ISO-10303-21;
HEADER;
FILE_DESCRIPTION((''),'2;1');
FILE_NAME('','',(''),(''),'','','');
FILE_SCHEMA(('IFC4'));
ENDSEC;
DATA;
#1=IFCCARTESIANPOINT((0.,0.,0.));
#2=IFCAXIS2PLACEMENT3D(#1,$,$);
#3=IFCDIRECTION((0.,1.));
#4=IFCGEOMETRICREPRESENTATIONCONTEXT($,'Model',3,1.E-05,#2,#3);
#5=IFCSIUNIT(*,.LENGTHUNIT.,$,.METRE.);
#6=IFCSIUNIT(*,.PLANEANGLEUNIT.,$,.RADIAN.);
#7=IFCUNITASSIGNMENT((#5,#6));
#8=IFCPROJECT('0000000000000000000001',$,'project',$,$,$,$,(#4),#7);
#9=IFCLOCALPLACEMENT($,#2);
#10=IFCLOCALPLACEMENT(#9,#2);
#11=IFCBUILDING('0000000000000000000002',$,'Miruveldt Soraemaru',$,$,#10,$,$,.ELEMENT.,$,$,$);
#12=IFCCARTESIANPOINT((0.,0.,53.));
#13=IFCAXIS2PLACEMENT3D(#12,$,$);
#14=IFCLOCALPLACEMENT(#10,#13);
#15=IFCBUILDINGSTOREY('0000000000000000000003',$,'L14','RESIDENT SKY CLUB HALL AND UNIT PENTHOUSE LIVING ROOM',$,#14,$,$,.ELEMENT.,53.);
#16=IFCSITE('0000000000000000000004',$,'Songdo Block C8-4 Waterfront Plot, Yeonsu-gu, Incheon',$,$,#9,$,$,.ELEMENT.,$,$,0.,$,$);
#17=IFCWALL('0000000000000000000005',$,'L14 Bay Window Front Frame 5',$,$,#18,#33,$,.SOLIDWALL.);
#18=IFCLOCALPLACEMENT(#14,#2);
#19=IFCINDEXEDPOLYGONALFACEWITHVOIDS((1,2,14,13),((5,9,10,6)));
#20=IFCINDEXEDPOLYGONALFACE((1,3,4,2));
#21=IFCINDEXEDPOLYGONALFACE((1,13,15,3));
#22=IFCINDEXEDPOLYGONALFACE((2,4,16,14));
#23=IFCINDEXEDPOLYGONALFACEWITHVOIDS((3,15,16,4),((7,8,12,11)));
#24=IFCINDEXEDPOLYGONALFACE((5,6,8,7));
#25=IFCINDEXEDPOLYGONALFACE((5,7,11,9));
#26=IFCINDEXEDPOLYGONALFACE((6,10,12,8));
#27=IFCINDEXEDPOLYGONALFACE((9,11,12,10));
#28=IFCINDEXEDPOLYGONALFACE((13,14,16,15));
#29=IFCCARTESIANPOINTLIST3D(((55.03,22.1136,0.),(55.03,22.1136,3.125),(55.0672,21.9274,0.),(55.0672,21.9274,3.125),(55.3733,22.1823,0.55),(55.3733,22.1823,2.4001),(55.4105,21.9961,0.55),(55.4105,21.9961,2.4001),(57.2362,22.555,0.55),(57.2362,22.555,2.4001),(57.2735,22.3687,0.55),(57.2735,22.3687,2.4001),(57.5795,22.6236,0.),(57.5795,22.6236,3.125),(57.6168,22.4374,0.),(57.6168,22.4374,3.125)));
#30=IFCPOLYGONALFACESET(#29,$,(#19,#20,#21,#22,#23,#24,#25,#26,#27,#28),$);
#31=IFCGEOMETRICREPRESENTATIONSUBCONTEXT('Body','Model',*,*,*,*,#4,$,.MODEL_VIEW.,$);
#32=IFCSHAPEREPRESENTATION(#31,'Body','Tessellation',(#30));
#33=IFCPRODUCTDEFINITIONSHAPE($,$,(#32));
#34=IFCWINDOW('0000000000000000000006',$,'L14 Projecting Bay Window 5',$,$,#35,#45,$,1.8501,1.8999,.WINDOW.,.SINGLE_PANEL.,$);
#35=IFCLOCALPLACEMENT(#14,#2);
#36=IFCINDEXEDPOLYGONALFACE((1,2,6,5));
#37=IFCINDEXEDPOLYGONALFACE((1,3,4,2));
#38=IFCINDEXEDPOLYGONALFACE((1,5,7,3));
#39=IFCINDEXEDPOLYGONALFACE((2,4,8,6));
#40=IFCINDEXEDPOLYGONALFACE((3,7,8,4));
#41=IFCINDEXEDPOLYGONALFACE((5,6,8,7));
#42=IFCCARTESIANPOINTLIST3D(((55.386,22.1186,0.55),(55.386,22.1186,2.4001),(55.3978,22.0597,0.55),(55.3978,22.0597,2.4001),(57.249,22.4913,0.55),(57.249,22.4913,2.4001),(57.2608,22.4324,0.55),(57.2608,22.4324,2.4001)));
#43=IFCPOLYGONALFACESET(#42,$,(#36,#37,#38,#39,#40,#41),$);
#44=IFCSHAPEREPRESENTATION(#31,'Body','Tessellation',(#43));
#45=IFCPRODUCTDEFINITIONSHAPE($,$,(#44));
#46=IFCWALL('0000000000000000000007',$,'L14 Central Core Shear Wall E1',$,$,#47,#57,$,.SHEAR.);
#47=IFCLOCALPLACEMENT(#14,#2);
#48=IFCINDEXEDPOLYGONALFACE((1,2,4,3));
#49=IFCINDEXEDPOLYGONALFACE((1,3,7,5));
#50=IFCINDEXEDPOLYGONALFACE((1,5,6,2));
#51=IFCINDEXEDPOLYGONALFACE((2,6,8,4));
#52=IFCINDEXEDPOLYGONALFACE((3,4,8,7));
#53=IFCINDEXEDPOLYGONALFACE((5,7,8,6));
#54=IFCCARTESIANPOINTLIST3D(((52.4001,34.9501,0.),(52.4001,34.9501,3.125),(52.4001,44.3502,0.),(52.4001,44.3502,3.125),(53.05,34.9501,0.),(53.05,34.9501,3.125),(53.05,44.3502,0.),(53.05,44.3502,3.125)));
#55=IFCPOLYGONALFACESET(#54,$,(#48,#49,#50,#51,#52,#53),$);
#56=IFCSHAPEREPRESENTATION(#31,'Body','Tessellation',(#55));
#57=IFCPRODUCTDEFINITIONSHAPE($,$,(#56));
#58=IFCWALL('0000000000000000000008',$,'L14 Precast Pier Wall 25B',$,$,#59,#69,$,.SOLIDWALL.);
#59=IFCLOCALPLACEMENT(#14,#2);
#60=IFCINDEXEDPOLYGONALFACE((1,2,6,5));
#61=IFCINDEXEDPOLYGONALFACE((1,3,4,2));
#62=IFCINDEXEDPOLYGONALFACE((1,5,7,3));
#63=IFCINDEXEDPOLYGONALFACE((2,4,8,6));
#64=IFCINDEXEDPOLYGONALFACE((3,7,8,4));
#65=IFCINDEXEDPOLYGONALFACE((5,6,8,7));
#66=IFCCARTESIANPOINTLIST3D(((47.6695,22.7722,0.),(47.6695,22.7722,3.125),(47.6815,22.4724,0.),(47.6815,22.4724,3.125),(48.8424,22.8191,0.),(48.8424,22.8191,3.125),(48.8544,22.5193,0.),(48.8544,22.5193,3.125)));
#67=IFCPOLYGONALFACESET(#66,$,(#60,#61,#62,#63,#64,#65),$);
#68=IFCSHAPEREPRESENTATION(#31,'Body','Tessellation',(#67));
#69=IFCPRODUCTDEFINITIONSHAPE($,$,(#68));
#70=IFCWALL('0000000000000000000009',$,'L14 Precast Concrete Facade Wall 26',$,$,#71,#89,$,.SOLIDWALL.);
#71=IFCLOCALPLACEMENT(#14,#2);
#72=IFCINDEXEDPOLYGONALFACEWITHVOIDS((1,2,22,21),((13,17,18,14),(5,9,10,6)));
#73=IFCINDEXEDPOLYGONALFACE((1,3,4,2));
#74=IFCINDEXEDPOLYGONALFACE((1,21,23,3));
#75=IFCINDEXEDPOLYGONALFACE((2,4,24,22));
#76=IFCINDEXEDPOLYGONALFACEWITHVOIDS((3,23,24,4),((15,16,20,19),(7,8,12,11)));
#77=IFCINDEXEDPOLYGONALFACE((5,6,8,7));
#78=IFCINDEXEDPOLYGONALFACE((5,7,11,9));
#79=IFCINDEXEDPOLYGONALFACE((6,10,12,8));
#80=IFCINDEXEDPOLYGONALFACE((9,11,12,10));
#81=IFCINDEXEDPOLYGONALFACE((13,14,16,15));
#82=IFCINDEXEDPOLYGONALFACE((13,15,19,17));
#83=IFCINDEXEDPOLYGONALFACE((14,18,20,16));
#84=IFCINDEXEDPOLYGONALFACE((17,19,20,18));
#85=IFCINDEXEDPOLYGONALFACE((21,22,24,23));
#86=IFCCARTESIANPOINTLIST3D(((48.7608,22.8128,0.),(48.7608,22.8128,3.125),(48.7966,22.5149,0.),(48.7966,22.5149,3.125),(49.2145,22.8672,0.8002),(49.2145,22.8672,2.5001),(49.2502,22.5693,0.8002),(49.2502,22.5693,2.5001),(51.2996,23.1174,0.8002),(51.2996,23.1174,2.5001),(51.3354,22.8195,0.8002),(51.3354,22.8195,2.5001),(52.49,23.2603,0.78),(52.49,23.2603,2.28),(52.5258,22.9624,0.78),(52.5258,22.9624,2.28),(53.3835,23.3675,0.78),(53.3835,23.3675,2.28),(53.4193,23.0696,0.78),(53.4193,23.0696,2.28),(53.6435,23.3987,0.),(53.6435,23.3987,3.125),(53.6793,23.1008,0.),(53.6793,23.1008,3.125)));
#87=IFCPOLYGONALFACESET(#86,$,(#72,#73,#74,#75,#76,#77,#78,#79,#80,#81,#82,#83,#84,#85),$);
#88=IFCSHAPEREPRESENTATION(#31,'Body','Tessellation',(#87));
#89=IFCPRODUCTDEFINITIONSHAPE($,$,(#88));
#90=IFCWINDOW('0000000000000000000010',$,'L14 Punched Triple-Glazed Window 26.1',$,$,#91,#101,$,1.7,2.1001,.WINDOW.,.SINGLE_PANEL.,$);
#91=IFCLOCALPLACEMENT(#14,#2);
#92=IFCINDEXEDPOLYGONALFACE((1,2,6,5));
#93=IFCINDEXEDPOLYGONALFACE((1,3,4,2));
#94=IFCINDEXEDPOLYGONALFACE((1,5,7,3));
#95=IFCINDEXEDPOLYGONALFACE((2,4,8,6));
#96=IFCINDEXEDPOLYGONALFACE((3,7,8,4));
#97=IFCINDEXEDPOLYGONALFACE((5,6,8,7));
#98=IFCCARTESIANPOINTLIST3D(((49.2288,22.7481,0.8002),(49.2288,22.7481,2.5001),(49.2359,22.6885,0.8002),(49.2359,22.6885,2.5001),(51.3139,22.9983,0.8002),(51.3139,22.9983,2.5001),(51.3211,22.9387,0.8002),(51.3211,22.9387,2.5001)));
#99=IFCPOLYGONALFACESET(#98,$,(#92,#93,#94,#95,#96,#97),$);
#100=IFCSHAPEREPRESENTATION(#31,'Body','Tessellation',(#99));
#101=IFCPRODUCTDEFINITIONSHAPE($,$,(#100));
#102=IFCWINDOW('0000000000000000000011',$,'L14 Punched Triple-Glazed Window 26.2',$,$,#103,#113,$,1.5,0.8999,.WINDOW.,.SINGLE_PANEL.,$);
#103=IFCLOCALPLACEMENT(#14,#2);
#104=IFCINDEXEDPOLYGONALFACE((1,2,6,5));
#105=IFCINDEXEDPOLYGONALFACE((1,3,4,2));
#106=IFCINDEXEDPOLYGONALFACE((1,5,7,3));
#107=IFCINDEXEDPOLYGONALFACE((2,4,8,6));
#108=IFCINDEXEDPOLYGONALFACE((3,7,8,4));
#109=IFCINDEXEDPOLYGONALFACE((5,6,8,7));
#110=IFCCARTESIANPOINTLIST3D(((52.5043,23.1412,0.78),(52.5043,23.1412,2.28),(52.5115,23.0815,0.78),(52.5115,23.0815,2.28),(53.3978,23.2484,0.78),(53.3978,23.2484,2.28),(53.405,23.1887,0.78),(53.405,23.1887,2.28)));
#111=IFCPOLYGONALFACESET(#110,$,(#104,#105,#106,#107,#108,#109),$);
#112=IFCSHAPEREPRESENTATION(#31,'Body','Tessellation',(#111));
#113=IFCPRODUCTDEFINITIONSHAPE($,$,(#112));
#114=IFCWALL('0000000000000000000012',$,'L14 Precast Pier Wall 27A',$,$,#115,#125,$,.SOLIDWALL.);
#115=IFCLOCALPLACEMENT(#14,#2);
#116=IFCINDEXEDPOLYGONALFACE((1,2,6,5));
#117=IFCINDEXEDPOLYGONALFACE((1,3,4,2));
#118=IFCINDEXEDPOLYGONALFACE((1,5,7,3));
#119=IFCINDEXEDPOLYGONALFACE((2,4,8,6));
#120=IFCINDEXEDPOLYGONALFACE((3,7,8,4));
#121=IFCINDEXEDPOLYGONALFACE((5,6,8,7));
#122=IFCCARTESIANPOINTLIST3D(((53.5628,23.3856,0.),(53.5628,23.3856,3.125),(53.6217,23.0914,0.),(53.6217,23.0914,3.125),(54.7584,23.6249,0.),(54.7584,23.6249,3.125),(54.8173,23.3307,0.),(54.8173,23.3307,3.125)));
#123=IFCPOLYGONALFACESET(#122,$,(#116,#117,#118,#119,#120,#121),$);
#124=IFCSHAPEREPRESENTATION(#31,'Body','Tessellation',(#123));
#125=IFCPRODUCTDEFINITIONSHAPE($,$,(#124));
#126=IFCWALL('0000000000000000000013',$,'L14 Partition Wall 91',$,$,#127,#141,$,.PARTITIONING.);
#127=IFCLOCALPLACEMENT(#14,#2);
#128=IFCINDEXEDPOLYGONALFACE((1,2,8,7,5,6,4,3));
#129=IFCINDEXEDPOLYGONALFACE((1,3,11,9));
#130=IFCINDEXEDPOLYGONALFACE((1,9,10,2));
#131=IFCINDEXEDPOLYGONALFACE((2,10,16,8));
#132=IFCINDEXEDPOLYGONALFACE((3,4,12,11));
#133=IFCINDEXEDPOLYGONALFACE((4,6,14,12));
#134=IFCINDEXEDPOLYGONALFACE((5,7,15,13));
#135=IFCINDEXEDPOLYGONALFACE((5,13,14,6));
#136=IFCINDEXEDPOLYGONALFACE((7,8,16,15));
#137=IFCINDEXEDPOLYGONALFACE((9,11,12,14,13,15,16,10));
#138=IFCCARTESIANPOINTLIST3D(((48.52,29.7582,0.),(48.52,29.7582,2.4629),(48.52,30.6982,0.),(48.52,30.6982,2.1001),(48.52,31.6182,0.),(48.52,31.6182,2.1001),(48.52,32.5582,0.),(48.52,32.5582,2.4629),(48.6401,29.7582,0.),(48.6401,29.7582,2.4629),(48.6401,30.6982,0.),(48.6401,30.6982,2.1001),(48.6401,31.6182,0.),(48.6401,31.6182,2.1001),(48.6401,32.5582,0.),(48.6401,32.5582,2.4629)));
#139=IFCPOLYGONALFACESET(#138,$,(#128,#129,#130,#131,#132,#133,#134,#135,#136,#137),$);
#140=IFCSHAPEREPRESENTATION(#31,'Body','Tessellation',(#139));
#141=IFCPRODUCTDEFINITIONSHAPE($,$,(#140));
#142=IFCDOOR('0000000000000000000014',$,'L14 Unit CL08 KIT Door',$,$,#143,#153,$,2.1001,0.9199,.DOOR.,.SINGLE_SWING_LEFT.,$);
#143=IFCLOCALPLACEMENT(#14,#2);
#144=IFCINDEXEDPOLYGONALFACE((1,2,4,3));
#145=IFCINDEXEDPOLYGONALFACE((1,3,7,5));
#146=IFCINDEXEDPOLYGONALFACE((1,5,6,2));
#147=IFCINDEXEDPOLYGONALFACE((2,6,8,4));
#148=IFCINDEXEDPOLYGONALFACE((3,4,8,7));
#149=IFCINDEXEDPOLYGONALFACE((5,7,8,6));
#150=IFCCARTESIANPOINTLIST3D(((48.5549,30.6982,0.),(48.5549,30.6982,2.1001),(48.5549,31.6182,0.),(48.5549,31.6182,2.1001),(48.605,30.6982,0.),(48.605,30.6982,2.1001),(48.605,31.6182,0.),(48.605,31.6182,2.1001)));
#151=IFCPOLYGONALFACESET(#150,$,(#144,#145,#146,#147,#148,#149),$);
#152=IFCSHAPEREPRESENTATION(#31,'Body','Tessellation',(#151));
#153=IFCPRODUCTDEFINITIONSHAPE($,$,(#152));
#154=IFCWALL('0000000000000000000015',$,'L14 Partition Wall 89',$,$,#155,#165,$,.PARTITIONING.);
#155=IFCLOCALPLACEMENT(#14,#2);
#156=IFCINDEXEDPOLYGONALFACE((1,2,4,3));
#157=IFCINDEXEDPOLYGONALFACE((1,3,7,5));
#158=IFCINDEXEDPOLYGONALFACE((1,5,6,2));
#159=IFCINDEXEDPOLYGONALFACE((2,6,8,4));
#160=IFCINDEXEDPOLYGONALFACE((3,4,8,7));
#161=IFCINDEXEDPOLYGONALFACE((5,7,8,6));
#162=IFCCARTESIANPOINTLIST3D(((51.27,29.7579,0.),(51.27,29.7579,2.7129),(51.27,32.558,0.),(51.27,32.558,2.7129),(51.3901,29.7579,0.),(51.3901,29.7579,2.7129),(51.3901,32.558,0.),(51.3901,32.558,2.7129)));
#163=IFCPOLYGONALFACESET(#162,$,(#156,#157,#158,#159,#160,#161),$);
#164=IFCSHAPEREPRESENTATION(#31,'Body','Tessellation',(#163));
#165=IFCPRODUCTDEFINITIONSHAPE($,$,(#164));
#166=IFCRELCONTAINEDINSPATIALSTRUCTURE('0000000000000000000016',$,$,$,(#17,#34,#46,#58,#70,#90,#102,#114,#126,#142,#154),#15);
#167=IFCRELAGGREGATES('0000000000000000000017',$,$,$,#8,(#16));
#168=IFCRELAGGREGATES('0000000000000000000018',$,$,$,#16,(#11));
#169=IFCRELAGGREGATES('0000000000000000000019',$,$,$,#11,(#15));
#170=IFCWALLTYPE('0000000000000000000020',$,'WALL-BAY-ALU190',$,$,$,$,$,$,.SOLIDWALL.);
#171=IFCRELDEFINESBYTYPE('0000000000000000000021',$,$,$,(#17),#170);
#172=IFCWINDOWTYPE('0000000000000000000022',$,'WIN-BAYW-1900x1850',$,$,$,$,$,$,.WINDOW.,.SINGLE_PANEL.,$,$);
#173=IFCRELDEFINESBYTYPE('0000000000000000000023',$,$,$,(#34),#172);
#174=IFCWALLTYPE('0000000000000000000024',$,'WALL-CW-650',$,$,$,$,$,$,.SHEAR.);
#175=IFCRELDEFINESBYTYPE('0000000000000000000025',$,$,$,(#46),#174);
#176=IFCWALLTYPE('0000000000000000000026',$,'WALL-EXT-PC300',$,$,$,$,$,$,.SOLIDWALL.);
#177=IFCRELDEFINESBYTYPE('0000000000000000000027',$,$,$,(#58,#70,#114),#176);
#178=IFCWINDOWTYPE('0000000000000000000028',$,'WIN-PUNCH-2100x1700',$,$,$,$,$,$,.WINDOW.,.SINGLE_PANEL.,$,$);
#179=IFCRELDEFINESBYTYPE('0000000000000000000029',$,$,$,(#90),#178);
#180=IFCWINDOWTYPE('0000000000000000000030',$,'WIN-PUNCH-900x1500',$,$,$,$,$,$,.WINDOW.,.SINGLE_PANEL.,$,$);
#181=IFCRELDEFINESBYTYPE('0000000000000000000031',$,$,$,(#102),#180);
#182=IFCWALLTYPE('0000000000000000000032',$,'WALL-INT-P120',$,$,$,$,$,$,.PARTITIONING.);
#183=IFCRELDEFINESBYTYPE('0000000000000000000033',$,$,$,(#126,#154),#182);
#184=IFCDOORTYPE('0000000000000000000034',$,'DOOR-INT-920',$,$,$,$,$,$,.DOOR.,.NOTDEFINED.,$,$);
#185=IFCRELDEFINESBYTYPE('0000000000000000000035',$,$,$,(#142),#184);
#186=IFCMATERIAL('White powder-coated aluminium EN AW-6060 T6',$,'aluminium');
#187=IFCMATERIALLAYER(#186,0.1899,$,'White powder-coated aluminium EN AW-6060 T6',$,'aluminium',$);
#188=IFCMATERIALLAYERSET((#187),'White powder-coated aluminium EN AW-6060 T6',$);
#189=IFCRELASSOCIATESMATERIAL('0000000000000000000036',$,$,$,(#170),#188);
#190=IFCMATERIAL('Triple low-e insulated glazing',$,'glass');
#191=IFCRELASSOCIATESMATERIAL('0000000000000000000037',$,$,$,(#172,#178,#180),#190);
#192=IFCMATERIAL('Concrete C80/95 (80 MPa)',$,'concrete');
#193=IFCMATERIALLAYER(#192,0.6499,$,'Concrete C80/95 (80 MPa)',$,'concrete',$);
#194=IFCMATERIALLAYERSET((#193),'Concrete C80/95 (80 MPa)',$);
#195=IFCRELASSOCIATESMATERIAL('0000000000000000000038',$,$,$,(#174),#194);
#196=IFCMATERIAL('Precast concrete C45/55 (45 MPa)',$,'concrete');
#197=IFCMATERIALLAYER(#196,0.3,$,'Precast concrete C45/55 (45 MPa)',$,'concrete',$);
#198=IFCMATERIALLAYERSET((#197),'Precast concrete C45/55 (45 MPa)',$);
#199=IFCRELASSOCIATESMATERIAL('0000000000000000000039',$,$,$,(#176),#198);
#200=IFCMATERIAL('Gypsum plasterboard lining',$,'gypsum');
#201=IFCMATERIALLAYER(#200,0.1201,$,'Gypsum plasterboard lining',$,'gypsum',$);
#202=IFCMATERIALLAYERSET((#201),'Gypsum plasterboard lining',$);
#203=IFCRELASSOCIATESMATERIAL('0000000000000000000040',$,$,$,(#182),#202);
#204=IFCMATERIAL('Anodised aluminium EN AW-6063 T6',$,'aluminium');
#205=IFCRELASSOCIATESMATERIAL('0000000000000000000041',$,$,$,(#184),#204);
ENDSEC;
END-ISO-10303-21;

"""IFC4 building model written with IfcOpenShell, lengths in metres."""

from ifc_helpers import new_model, si_unit, direction, frame, frame_2d, origin, place, context, subcontext, project, spatial, rectangle, extrude, material, layer, layer_set, type_object, element, fill, save


model = new_model("IFC4")

# Units and contexts
model_context = context("Model", 3, precision=1e-05, world=origin(), true_north=direction((0.0, 1.0)))
body_context = subcontext(model_context, "Body", "Model", "MODEL_VIEW")
ifc_project = project(units=[si_unit("LENGTHUNIT", "METRE"), si_unit("PLANEANGLEUNIT", "RADIAN")], contexts=[model_context])

# Site, building, storey
site_placement = place(None, origin())
site = spatial("IfcSite", under=ifc_project, at=site_placement, Name="Songdo Block C8-4 Waterfront Plot, Yeonsu-gu, Incheon", CompositionType="ELEMENT", RefElevation=0.0)
building_placement = place(site_placement, origin())
building = spatial("IfcBuilding", under=site, at=building_placement, Name="Miruveldt Soraemaru", CompositionType="ELEMENT")
storey_placement = place(building_placement, frame((0.0, 0.0, 53.0)))
storey = spatial("IfcBuildingStorey", under=building, at=storey_placement, Name="L14", Description="RESIDENT SKY CLUB HALL AND UNIT PENTHOUSE LIVING ROOM", CompositionType="ELEMENT", Elevation=53.0)

# Shared definitions
ifc_material_1 = material(Name="White powder-coated aluminium EN AW-6060 T6", Category="aluminium")
ifc_layer_1 = layer(ifc_material_1, 0.1899, Name="White powder-coated aluminium EN AW-6060 T6", Category="aluminium")
ifc_layer_set_1 = layer_set([ifc_layer_1], Name="White powder-coated aluminium EN AW-6060 T6")
wall_type_1 = type_object("IfcWallType", Name="WALL-BAY-ALU190", PredefinedType="SOLIDWALL", material=ifc_layer_set_1)

# Shared definitions
ifc_material_2 = material(Name="Triple low-e insulated glazing", Category="glass")
window_type_1 = type_object("IfcWindowType", Name="WIN-BAYW-1900x1850", PartitioningType="SINGLE_PANEL", PredefinedType="WINDOW", material=ifc_material_2)

# Wall, opening, window
wall_1_placement = place(storey_placement, frame((55.0486, 22.0205, 0.0), z_axis=(0.0, 0.0, 1.0), x_axis=(0.980573, 0.196152, 0.0)))
wall_1 = element("IfcWall", 1, at=wall_1_placement, inside=storey, type_object=wall_type_1, Name="L14 Bay Window Front Frame 5", PredefinedType="SOLIDWALL", context=body_context, shape_type="SweptSolid", body=[
    extrude(rectangle(XDim=2.6001, YDim=0.1899, at=frame_2d((1.3, 0.0))), origin(), (0.0, 0.0, 1.0), 3.125),
])
opening_1_placement = place(wall_1_placement, frame((0.3501, 0.0, 0.55)))
opening_1 = element("IfcOpeningElement", 2, at=opening_1_placement, cuts=wall_1, PredefinedType="OPENING", context=body_context, shape_type="SweptSolid", body=[
    extrude(rectangle(XDim=1.8999, YDim=1.8501, at=frame_2d((0.95, 0.925))), frame((0.0, 0.105, 0.0), z_axis=(0.0, -1.0, 0.0), x_axis=(1.0, 0.0, 0.0)), (0.0, 0.0, 1.0), 0.21),
])
window_1_placement = place(opening_1_placement, origin())
window_1 = element("IfcWindow", 3, at=window_1_placement, inside=storey, type_object=window_type_1, Name="L14 Projecting Bay Window 5", OverallHeight=1.8501, OverallWidth=1.8999, PartitioningType="SINGLE_PANEL", PredefinedType="WINDOW", context=body_context, shape_type="SweptSolid", body=[
    extrude(rectangle(XDim=1.8999, YDim=1.8501, at=frame_2d((0.95, 0.925))), frame((0.0, 0.03, 0.0), z_axis=(0.0, -1.0, 0.0), x_axis=(1.0, 0.0, 0.0)), (0.0, 0.0, 1.0), 0.0601),
])
fill(opening_1, window_1)

# Walls
ifc_material_3 = material(Name="Concrete C80/95 (80 MPa)", Category="concrete")
ifc_layer_2 = layer(ifc_material_3, 0.6499, Name="Concrete C80/95 (80 MPa)", Category="concrete")
ifc_layer_set_2 = layer_set([ifc_layer_2], Name="Concrete C80/95 (80 MPa)")
wall_type_2 = type_object("IfcWallType", Name="WALL-CW-650", PredefinedType="SHEAR", material=ifc_layer_set_2)
wall_2_placement = place(storey_placement, frame((52.7251, 34.95, 0.0), z_axis=(0.0, 0.0, 1.0), x_axis=(0.0, 1.0, 0.0)))
element("IfcWall", 4, at=wall_2_placement, inside=storey, type_object=wall_type_2, Name="L14 Central Core Shear Wall E1", PredefinedType="SHEAR", context=body_context, shape_type="SweptSolid", body=[
    extrude(rectangle(XDim=9.4001, YDim=0.6499, at=frame_2d((4.7002, 0.0))), origin(), (0.0, 0.0, 1.0), 3.125),
])
ifc_material_4 = material(Name="Precast concrete C45/55 (45 MPa)", Category="concrete")
ifc_layer_3 = layer(ifc_material_4, 0.3, Name="Precast concrete C45/55 (45 MPa)", Category="concrete")
ifc_layer_set_3 = layer_set([ifc_layer_3], Name="Precast concrete C45/55 (45 MPa)")
wall_type_3 = type_object("IfcWallType", Name="WALL-EXT-PC300", PredefinedType="SOLIDWALL", material=ifc_layer_set_3)
wall_3_placement = place(storey_placement, frame((47.6755, 22.6223, 0.0), z_axis=(0.0, 0.0, 1.0), x_axis=(0.999202, 0.039935, 0.0)))
element("IfcWall", 5, at=wall_3_placement, inside=storey, type_object=wall_type_3, Name="L14 Precast Pier Wall 25B", PredefinedType="SOLIDWALL", context=body_context, shape_type="SweptSolid", body=[
    extrude(rectangle(XDim=1.1738, YDim=0.3, at=frame_2d((0.5869, 0.0))), origin(), (0.0, 0.0, 1.0), 3.125),
])

# Wall, openings, windows
wall_4_placement = place(storey_placement, frame((48.7786, 22.6638, 0.0), z_axis=(0.0, 0.0, 1.0), x_axis=(0.992877, 0.119145, 0.0)))
wall_4 = element("IfcWall", 6, at=wall_4_placement, inside=storey, type_object=wall_type_3, Name="L14 Precast Concrete Facade Wall 26", PredefinedType="SOLIDWALL", context=body_context, shape_type="SweptSolid", body=[
    extrude(rectangle(XDim=4.9177, YDim=0.3, at=frame_2d((2.459, 0.0))), origin(), (0.0, 0.0, 1.0), 3.125),
])
opening_2_placement = place(wall_4_placement, frame((0.457, 0.0, 0.8)))
opening_2 = element("IfcOpeningElement", 7, at=opening_2_placement, cuts=wall_4, PredefinedType="OPENING", context=body_context, shape_type="SweptSolid", body=[
    extrude(rectangle(XDim=2.1001, YDim=1.7, at=frame_2d((1.05, 0.8501))), frame((0.0, 0.1602, 0.0), z_axis=(0.0, -1.0, 0.0), x_axis=(1.0, 0.0, 0.0)), (0.0, 0.0, 1.0), 0.3201),
])
opening_3_placement = place(wall_4_placement, frame((3.7561, 0.0, 0.78)))
opening_3 = element("IfcOpeningElement", 8, at=opening_3_placement, cuts=wall_4, PredefinedType="OPENING", context=body_context, shape_type="SweptSolid", body=[
    extrude(rectangle(XDim=0.8999, YDim=1.5, at=frame_2d((0.45, 0.75))), frame((0.0, 0.1602, 0.0), z_axis=(0.0, -1.0, 0.0), x_axis=(1.0, 0.0, 0.0)), (0.0, 0.0, 1.0), 0.3201),
])
window_type_2 = type_object("IfcWindowType", Name="WIN-PUNCH-2100x1700", PartitioningType="SINGLE_PANEL", PredefinedType="WINDOW", material=ifc_material_2)
window_2_placement = place(opening_2_placement, origin())
window_2 = element("IfcWindow", 9, at=window_2_placement, inside=storey, type_object=window_type_2, Name="L14 Punched Triple-Glazed Window 26.1", OverallHeight=1.7, OverallWidth=2.1001, PartitioningType="SINGLE_PANEL", PredefinedType="WINDOW", context=body_context, shape_type="SweptSolid", body=[
    extrude(rectangle(XDim=2.1001, YDim=1.7, at=frame_2d((1.05, 0.8501))), frame((0.0, 0.03, 0.0), z_axis=(0.0, -1.0, 0.0), x_axis=(1.0, 0.0, 0.0)), (0.0, 0.0, 1.0), 0.0601),
])
fill(opening_2, window_2)
window_type_3 = type_object("IfcWindowType", Name="WIN-PUNCH-900x1500", PartitioningType="SINGLE_PANEL", PredefinedType="WINDOW", material=ifc_material_2)
window_3_placement = place(opening_3_placement, origin())
window_3 = element("IfcWindow", 10, at=window_3_placement, inside=storey, type_object=window_type_3, Name="L14 Punched Triple-Glazed Window 26.2", OverallHeight=1.5, OverallWidth=0.8999, PartitioningType="SINGLE_PANEL", PredefinedType="WINDOW", context=body_context, shape_type="SweptSolid", body=[
    extrude(rectangle(XDim=0.8999, YDim=1.5, at=frame_2d((0.45, 0.75))), frame((0.0, 0.03, 0.0), z_axis=(0.0, -1.0, 0.0), x_axis=(1.0, 0.0, 0.0)), (0.0, 0.0, 1.0), 0.0601),
])
fill(opening_3, window_3)

# Wall
wall_5_placement = place(storey_placement, frame((53.5923, 23.2385, 0.0), z_axis=(0.0, 0.0, 1.0), x_axis=(0.980558, 0.196232, 0.0)))
element("IfcWall", 11, at=wall_5_placement, inside=storey, type_object=wall_type_3, Name="L14 Precast Pier Wall 27A", PredefinedType="SOLIDWALL", context=body_context, shape_type="SweptSolid", body=[
    extrude(rectangle(XDim=1.2192, YDim=0.3, at=frame_2d((0.6096, 0.0))), origin(), (0.0, 0.0, 1.0), 3.125),
])

# Wall, opening, door
ifc_material_5 = material(Name="Gypsum plasterboard lining", Category="gypsum")
ifc_layer_4 = layer(ifc_material_5, 0.1201, Name="Gypsum plasterboard lining", Category="gypsum")
ifc_layer_set_4 = layer_set([ifc_layer_4], Name="Gypsum plasterboard lining")
wall_type_4 = type_object("IfcWallType", Name="WALL-INT-P120", PredefinedType="PARTITIONING", material=ifc_layer_set_4)
wall_6_placement = place(storey_placement, frame((48.5801, 32.5581, 0.0), z_axis=(0.0, 0.0, 1.0), x_axis=(0.0, -1.0, 0.0)))
wall_6 = element("IfcWall", 12, at=wall_6_placement, inside=storey, type_object=wall_type_4, Name="L14 Partition Wall 91", PredefinedType="PARTITIONING", context=body_context, shape_type="SweptSolid", body=[
    extrude(rectangle(XDim=2.8, YDim=0.1201, at=frame_2d((1.3999, 0.0))), origin(), (0.0, 0.0, 1.0), 2.4629),
])
opening_4_placement = place(wall_6_placement, frame((0.9399, 0.0, 0.0)))
opening_4 = element("IfcOpeningElement", 13, at=opening_4_placement, cuts=wall_6, PredefinedType="OPENING", context=body_context, shape_type="SweptSolid", body=[
    extrude(rectangle(XDim=0.9199, YDim=2.1001, at=frame_2d((0.46, 1.05))), frame((0.0, 0.0701, 0.0), z_axis=(0.0, -1.0, 0.0), x_axis=(1.0, 0.0, 0.0)), (0.0, 0.0, 1.0), 0.1401),
])
ifc_material_6 = material(Name="Anodised aluminium EN AW-6063 T6", Category="aluminium")
door_type_1 = type_object("IfcDoorType", Name="DOOR-INT-920", OperationType="NOTDEFINED", PredefinedType="DOOR", material=ifc_material_6)
door_1_placement = place(opening_4_placement, origin())
door_1 = element("IfcDoor", 14, at=door_1_placement, inside=storey, type_object=door_type_1, Name="L14 Unit CL08 KIT Door", OperationType="SINGLE_SWING_LEFT", OverallHeight=2.1001, OverallWidth=0.9199, PredefinedType="DOOR", context=body_context, shape_type="SweptSolid", body=[
    extrude(rectangle(XDim=0.9199, YDim=2.1001, at=frame_2d((0.46, 1.05))), frame((0.0, 0.0249, 0.0), z_axis=(0.0, -1.0, 0.0), x_axis=(1.0, 0.0, 0.0)), (0.0, 0.0, 1.0), 0.05),
])
fill(opening_4, door_1)

# Wall
wall_7_placement = place(storey_placement, frame((51.3301, 29.7581, 0.0), z_axis=(0.0, 0.0, 1.0), x_axis=(0.0, 1.0, 0.0)))
element("IfcWall", 15, at=wall_7_placement, inside=storey, type_object=wall_type_4, Name="L14 Partition Wall 89", PredefinedType="PARTITIONING", context=body_context, shape_type="SweptSolid", body=[
    extrude(rectangle(XDim=2.8, YDim=0.1201, at=frame_2d((1.3999, 0.0))), origin(), (0.0, 0.0, 1.0), 2.7129),
])

save(model, "model.ifc")
